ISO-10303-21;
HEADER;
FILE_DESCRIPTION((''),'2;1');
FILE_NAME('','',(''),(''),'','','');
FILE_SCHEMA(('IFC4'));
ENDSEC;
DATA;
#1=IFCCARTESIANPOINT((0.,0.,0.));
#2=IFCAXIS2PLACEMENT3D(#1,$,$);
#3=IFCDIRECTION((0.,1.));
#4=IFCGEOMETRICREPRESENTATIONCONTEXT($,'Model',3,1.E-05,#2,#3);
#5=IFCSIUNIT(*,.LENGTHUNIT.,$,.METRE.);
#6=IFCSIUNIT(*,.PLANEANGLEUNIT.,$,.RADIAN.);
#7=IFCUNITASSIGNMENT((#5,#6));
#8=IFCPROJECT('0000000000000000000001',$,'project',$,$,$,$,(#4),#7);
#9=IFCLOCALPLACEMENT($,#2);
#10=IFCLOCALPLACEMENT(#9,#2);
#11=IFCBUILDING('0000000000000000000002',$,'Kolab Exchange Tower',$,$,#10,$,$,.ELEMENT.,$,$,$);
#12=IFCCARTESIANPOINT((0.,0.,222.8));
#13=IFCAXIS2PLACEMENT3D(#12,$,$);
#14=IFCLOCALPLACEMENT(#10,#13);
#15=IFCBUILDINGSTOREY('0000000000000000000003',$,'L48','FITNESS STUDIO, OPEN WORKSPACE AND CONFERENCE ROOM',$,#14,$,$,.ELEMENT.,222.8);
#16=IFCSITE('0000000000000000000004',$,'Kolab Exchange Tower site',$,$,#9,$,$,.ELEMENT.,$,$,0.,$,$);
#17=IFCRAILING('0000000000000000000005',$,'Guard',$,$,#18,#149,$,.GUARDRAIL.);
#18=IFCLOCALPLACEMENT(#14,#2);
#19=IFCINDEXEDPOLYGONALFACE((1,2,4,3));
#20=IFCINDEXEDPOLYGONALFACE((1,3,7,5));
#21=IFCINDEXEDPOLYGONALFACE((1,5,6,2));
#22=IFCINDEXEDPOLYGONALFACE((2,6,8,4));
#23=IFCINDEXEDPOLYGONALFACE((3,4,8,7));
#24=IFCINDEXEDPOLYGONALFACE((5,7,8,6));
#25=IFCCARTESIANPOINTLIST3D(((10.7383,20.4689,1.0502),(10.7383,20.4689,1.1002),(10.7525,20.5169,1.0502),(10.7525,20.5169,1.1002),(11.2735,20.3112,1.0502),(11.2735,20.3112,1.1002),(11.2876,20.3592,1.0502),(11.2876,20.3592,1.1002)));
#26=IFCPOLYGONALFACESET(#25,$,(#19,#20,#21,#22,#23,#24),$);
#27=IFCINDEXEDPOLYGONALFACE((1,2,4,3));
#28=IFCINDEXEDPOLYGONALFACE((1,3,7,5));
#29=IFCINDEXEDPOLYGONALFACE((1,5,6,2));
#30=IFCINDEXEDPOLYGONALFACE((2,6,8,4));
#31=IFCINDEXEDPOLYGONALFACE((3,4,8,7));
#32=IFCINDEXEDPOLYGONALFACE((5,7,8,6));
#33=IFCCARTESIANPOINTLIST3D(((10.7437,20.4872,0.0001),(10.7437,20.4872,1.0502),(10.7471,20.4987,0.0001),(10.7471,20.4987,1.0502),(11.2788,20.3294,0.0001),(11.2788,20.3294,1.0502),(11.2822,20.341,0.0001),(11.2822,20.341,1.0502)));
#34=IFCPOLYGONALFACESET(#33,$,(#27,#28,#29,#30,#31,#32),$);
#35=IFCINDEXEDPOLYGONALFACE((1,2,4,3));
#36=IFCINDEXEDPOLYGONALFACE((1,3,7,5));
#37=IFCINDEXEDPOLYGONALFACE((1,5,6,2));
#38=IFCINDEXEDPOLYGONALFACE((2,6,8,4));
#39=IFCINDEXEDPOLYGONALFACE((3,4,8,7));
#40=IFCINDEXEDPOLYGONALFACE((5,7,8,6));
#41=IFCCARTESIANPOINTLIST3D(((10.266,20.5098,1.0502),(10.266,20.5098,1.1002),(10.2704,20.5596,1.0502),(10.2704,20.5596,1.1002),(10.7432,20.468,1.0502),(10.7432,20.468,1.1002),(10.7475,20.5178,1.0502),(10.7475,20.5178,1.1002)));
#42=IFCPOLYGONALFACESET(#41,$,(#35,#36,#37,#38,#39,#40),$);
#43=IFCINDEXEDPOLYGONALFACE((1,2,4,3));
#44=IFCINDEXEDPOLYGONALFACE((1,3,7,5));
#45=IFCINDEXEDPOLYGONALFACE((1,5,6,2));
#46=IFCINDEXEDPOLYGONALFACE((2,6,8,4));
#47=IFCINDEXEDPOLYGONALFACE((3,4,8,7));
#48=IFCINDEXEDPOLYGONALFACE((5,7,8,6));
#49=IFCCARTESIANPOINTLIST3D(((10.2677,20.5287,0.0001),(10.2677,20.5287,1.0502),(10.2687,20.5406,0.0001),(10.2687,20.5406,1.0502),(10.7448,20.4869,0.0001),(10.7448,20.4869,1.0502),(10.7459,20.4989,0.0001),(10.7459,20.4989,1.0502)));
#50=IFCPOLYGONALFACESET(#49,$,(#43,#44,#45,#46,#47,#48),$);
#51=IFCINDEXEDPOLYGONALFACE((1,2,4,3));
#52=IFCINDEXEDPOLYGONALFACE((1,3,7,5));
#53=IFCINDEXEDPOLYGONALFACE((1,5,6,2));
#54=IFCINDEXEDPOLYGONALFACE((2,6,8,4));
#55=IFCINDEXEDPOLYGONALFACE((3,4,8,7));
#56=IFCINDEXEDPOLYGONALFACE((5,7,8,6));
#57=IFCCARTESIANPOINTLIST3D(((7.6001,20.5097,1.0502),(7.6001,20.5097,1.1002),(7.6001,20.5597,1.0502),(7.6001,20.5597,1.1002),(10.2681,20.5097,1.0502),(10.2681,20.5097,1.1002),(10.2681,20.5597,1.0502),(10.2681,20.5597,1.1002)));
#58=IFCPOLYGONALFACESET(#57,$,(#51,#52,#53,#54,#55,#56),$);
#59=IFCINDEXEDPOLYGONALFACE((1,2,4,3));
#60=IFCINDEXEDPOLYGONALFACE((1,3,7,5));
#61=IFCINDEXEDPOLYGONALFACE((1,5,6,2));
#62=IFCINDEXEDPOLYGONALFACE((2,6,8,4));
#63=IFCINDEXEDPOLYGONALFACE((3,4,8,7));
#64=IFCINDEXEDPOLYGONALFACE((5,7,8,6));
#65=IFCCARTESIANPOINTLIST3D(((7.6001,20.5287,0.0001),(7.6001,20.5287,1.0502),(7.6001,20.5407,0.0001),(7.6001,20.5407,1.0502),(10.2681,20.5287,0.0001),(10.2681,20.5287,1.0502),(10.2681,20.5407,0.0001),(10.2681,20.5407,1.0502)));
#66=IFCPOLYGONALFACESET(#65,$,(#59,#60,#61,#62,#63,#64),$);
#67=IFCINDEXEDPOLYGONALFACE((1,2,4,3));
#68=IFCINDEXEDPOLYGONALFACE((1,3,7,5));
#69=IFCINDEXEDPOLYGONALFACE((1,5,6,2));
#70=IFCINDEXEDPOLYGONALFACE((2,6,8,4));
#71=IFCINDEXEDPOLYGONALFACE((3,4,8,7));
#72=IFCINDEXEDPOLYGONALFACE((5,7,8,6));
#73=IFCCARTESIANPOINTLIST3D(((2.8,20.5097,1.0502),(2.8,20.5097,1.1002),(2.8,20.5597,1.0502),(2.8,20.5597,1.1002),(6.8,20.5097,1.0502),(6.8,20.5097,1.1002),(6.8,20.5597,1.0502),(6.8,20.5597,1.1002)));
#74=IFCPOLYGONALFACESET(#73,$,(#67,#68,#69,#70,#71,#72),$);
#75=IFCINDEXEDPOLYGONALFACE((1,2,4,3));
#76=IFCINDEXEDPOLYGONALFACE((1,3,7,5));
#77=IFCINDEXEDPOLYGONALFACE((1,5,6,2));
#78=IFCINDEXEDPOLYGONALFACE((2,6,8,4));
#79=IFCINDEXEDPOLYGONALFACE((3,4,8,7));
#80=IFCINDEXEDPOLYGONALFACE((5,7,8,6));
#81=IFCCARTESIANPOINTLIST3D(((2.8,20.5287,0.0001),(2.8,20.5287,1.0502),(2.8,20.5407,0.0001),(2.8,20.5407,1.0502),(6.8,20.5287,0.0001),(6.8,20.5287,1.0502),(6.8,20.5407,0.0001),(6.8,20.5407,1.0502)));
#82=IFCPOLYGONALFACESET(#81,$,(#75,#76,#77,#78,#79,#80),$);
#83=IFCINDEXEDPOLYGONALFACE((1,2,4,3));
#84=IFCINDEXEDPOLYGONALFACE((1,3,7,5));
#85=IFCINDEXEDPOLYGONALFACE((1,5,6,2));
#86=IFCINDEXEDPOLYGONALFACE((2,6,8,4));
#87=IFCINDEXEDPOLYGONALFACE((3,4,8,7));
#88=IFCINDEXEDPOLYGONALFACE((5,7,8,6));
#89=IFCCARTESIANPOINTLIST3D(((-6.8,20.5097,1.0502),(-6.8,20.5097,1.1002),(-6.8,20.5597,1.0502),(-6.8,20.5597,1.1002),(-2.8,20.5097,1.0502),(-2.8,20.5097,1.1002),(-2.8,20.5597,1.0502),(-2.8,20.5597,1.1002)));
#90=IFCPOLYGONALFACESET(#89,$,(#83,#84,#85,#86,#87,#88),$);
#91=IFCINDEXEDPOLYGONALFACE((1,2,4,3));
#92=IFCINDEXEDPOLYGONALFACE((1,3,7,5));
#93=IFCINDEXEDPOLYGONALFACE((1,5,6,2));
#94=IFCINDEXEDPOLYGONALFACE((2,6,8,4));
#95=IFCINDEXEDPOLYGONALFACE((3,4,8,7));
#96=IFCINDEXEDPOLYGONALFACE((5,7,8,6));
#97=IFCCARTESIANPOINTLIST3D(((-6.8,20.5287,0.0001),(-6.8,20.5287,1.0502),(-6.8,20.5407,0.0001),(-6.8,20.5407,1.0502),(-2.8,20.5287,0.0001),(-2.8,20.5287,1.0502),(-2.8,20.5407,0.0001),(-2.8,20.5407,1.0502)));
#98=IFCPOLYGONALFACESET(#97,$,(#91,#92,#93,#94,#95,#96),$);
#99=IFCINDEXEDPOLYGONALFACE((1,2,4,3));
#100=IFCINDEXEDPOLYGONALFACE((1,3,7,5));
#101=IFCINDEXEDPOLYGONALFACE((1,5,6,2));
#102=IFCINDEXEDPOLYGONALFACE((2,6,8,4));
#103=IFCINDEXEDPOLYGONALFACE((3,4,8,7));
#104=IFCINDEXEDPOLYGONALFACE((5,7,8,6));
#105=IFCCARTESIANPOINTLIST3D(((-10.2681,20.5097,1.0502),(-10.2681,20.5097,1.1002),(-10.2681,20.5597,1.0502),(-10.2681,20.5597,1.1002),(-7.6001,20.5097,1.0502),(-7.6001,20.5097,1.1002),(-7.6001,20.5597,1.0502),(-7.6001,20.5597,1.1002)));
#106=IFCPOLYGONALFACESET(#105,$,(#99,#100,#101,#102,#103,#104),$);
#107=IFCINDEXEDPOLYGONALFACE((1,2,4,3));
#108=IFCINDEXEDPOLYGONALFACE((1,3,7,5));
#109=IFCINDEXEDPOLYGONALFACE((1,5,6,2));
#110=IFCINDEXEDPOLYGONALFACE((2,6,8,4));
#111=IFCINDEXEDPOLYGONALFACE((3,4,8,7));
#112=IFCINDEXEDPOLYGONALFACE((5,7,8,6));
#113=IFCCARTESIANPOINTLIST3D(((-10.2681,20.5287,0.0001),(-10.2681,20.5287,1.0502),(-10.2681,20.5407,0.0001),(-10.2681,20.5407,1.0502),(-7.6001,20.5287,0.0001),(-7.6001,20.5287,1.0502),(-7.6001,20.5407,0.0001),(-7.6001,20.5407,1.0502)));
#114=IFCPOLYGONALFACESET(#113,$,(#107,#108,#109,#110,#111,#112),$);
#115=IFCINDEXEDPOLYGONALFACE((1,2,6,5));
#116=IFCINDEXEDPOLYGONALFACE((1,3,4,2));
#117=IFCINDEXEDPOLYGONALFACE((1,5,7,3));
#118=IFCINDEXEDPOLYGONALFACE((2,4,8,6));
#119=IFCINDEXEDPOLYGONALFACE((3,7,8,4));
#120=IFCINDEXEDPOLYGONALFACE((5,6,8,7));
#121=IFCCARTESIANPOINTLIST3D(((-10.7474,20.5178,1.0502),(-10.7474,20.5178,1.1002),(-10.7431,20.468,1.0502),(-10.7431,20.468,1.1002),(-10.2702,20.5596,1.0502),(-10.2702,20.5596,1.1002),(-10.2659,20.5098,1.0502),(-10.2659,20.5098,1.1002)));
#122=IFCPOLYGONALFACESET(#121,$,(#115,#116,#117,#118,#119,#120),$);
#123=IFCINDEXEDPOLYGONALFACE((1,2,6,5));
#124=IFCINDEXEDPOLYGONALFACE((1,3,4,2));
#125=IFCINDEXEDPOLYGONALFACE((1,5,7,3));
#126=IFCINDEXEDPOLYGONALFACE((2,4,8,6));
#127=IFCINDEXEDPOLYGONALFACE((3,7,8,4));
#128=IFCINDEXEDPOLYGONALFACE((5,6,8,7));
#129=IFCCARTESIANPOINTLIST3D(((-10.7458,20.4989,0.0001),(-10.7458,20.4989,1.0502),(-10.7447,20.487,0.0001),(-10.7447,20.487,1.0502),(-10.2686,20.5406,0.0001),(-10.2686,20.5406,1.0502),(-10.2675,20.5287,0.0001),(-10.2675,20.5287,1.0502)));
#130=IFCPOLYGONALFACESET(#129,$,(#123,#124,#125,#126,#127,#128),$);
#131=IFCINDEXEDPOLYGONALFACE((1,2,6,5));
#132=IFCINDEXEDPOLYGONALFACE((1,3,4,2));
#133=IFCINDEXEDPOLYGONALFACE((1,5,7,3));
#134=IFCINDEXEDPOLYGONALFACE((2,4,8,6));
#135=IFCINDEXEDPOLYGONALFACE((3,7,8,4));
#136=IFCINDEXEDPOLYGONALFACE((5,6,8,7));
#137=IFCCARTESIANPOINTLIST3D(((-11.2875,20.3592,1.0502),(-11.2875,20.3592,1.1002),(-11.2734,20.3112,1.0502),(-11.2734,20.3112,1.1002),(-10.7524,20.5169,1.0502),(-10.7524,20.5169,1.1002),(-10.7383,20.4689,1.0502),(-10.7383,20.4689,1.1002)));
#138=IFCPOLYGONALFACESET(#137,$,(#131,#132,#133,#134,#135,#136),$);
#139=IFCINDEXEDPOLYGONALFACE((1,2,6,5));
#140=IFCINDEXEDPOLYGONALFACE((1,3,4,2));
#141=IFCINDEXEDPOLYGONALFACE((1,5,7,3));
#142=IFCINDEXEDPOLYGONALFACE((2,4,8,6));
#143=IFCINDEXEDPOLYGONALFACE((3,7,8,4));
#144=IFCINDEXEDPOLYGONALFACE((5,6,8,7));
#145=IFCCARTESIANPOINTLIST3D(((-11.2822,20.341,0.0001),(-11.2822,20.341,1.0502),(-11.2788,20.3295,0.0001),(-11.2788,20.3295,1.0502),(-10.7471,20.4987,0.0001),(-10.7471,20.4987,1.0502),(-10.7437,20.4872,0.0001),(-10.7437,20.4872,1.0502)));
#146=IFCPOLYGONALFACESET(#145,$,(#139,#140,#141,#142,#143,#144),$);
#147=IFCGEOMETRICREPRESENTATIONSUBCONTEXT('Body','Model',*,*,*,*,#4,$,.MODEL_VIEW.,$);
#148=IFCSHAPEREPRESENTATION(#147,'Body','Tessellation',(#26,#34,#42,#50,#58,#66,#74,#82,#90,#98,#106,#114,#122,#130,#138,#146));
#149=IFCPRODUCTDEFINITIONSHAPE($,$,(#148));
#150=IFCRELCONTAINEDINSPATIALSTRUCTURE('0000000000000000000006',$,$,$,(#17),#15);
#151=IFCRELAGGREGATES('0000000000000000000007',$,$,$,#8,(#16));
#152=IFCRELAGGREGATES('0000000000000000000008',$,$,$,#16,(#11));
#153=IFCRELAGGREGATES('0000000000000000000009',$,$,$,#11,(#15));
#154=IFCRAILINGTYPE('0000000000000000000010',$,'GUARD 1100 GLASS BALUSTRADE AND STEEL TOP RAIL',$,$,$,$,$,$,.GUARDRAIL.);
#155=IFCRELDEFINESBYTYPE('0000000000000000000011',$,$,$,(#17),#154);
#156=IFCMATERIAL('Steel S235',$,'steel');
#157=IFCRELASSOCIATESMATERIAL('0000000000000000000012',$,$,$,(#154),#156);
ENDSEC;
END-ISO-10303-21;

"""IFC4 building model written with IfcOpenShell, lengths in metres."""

from ifc_helpers import new_model, si_unit, direction, frame, frame_2d, origin, origin_2d, place, context, subcontext, project, spatial, rectangle, extrude, material, type_object, element, save


model = new_model("IFC4")

# Units and contexts
model_context = context("Model", 3, precision=1e-05, world=origin(), true_north=direction((0.0, 1.0)))
body_context = subcontext(model_context, "Body", "Model", "MODEL_VIEW")
ifc_project = project(units=[si_unit("LENGTHUNIT", "METRE"), si_unit("PLANEANGLEUNIT", "RADIAN")], contexts=[model_context])

# Site, building, storey
site_placement = place(None, origin())
site = spatial("IfcSite", under=ifc_project, at=site_placement, Name="Kolab Exchange Tower site", CompositionType="ELEMENT", RefElevation=0.0)
building_placement = place(site_placement, origin())
building = spatial("IfcBuilding", under=site, at=building_placement, Name="Kolab Exchange Tower", CompositionType="ELEMENT")
storey_placement = place(building_placement, frame((0.0, 0.0, 222.8)))
storey = spatial("IfcBuildingStorey", under=building, at=storey_placement, Name="L48", Description="FITNESS STUDIO, OPEN WORKSPACE AND CONFERENCE ROOM", CompositionType="ELEMENT", Elevation=222.8)

# Railing
ifc_material_1 = material(Name="Steel S235", Category="steel")
railing_type = type_object("IfcRailingType", Name="GUARD 1100 GLASS BALUSTRADE AND STEEL TOP RAIL", PredefinedType="GUARDRAIL", material=ifc_material_1)
railing_placement = place(storey_placement, frame((11.2805, 20.3352, 0.0)))
element("IfcRailing", 1, at=railing_placement, inside=storey, type_object=railing_type, Name="Guard", PredefinedType="GUARDRAIL", context=body_context, shape_type="SweptSolid", body=[
    extrude(rectangle(XDim=0.05, YDim=0.05, at=origin_2d()), frame((0.0, 0.0, 1.0752), z_axis=(-0.959212, 0.282687, 0.0), x_axis=(-0.282687, -0.959212, 0.0)), (0.0, 0.0, 1.0), 0.5579),
    extrude(rectangle(XDim=0.012, YDim=1.0501, at=frame_2d((0.0, 0.5251))), frame((0.0, 0.0, 0.0), z_axis=(-0.959212, 0.282687, 0.0), x_axis=(-0.282687, -0.959212, 0.0)), (0.0, 0.0, 1.0), 0.5579),
    extrude(rectangle(XDim=0.05, YDim=0.05, at=origin_2d()), frame((-0.5352, 0.1577, 1.0752), z_axis=(-0.996196, 0.087135, 0.0), x_axis=(-0.087135, -0.996196, 0.0)), (0.0, 0.0, 1.0), 0.479),
    extrude(rectangle(XDim=0.012, YDim=1.0501, at=frame_2d((0.0, 0.5251))), frame((-0.5352, 0.1577, 0.0), z_axis=(-0.996196, 0.087135, 0.0), x_axis=(-0.087135, -0.996196, 0.0)), (0.0, 0.0, 1.0), 0.479),
    extrude(rectangle(XDim=0.05, YDim=0.05, at=origin_2d()), frame((-1.0125, 0.1995, 1.0752), z_axis=(-1.0, 0.0, 0.0), x_axis=(0.0, -1.0, 0.0)), (0.0, 0.0, 1.0), 2.668),
    extrude(rectangle(XDim=0.012, YDim=1.0501, at=frame_2d((0.0, 0.5251))), frame((-1.0125, 0.1995, 0.0), z_axis=(-1.0, 0.0, 0.0), x_axis=(0.0, -1.0, 0.0)), (0.0, 0.0, 1.0), 2.668),
    extrude(rectangle(XDim=0.05, YDim=0.05, at=origin_2d()), frame((-4.4805, 0.1995, 1.0752), z_axis=(-1.0, 0.0, 0.0), x_axis=(0.0, -1.0, 0.0)), (0.0, 0.0, 1.0), 4.0),
    extrude(rectangle(XDim=0.012, YDim=1.0501, at=frame_2d((0.0, 0.5251))), frame((-4.4805, 0.1995, 0.0), z_axis=(-1.0, 0.0, 0.0), x_axis=(0.0, -1.0, 0.0)), (0.0, 0.0, 1.0), 4.0),
    extrude(rectangle(XDim=0.05, YDim=0.05, at=origin_2d()), frame((-14.0806, 0.1995, 1.0752), z_axis=(-1.0, 0.0, 0.0), x_axis=(0.0, -1.0, 0.0)), (0.0, 0.0, 1.0), 4.0),
    extrude(rectangle(XDim=0.012, YDim=1.0501, at=frame_2d((0.0, 0.5251))), frame((-14.0806, 0.1995, 0.0), z_axis=(-1.0, 0.0, 0.0), x_axis=(0.0, -1.0, 0.0)), (0.0, 0.0, 1.0), 4.0),
    extrude(rectangle(XDim=0.05, YDim=0.05, at=origin_2d()), frame((-18.8806, 0.1995, 1.0752), z_axis=(-1.0, 0.0, 0.0), x_axis=(0.0, -1.0, 0.0)), (0.0, 0.0, 1.0), 2.668),
    extrude(rectangle(XDim=0.012, YDim=1.0501, at=frame_2d((0.0, 0.5251))), frame((-18.8806, 0.1995, 0.0), z_axis=(-1.0, 0.0, 0.0), x_axis=(0.0, -1.0, 0.0)), (0.0, 0.0, 1.0), 2.668),
    extrude(rectangle(XDim=0.05, YDim=0.05, at=origin_2d()), frame((-21.5486, 0.1995, 1.0752), z_axis=(-0.996196, -0.087135, 0.0), x_axis=(0.087135, -0.996196, 0.0)), (0.0, 0.0, 1.0), 0.479),
    extrude(rectangle(XDim=0.012, YDim=1.0501, at=frame_2d((0.0, 0.5251))), frame((-21.5486, 0.1995, 0.0), z_axis=(-0.996196, -0.087135, 0.0), x_axis=(0.087135, -0.996196, 0.0)), (0.0, 0.0, 1.0), 0.479),
    extrude(rectangle(XDim=0.05, YDim=0.05, at=origin_2d()), frame((-22.0259, 0.1577, 1.0752), z_axis=(-0.959212, -0.282687, 0.0), x_axis=(0.282687, -0.959212, 0.0)), (0.0, 0.0, 1.0), 0.5579),
    extrude(rectangle(XDim=0.012, YDim=1.0501, at=frame_2d((0.0, 0.5251))), frame((-22.0259, 0.1577, 0.0), z_axis=(-0.959212, -0.282687, 0.0), x_axis=(0.282687, -0.959212, 0.0)), (0.0, 0.0, 1.0), 0.5579),
])

save(model, "model.ifc")
